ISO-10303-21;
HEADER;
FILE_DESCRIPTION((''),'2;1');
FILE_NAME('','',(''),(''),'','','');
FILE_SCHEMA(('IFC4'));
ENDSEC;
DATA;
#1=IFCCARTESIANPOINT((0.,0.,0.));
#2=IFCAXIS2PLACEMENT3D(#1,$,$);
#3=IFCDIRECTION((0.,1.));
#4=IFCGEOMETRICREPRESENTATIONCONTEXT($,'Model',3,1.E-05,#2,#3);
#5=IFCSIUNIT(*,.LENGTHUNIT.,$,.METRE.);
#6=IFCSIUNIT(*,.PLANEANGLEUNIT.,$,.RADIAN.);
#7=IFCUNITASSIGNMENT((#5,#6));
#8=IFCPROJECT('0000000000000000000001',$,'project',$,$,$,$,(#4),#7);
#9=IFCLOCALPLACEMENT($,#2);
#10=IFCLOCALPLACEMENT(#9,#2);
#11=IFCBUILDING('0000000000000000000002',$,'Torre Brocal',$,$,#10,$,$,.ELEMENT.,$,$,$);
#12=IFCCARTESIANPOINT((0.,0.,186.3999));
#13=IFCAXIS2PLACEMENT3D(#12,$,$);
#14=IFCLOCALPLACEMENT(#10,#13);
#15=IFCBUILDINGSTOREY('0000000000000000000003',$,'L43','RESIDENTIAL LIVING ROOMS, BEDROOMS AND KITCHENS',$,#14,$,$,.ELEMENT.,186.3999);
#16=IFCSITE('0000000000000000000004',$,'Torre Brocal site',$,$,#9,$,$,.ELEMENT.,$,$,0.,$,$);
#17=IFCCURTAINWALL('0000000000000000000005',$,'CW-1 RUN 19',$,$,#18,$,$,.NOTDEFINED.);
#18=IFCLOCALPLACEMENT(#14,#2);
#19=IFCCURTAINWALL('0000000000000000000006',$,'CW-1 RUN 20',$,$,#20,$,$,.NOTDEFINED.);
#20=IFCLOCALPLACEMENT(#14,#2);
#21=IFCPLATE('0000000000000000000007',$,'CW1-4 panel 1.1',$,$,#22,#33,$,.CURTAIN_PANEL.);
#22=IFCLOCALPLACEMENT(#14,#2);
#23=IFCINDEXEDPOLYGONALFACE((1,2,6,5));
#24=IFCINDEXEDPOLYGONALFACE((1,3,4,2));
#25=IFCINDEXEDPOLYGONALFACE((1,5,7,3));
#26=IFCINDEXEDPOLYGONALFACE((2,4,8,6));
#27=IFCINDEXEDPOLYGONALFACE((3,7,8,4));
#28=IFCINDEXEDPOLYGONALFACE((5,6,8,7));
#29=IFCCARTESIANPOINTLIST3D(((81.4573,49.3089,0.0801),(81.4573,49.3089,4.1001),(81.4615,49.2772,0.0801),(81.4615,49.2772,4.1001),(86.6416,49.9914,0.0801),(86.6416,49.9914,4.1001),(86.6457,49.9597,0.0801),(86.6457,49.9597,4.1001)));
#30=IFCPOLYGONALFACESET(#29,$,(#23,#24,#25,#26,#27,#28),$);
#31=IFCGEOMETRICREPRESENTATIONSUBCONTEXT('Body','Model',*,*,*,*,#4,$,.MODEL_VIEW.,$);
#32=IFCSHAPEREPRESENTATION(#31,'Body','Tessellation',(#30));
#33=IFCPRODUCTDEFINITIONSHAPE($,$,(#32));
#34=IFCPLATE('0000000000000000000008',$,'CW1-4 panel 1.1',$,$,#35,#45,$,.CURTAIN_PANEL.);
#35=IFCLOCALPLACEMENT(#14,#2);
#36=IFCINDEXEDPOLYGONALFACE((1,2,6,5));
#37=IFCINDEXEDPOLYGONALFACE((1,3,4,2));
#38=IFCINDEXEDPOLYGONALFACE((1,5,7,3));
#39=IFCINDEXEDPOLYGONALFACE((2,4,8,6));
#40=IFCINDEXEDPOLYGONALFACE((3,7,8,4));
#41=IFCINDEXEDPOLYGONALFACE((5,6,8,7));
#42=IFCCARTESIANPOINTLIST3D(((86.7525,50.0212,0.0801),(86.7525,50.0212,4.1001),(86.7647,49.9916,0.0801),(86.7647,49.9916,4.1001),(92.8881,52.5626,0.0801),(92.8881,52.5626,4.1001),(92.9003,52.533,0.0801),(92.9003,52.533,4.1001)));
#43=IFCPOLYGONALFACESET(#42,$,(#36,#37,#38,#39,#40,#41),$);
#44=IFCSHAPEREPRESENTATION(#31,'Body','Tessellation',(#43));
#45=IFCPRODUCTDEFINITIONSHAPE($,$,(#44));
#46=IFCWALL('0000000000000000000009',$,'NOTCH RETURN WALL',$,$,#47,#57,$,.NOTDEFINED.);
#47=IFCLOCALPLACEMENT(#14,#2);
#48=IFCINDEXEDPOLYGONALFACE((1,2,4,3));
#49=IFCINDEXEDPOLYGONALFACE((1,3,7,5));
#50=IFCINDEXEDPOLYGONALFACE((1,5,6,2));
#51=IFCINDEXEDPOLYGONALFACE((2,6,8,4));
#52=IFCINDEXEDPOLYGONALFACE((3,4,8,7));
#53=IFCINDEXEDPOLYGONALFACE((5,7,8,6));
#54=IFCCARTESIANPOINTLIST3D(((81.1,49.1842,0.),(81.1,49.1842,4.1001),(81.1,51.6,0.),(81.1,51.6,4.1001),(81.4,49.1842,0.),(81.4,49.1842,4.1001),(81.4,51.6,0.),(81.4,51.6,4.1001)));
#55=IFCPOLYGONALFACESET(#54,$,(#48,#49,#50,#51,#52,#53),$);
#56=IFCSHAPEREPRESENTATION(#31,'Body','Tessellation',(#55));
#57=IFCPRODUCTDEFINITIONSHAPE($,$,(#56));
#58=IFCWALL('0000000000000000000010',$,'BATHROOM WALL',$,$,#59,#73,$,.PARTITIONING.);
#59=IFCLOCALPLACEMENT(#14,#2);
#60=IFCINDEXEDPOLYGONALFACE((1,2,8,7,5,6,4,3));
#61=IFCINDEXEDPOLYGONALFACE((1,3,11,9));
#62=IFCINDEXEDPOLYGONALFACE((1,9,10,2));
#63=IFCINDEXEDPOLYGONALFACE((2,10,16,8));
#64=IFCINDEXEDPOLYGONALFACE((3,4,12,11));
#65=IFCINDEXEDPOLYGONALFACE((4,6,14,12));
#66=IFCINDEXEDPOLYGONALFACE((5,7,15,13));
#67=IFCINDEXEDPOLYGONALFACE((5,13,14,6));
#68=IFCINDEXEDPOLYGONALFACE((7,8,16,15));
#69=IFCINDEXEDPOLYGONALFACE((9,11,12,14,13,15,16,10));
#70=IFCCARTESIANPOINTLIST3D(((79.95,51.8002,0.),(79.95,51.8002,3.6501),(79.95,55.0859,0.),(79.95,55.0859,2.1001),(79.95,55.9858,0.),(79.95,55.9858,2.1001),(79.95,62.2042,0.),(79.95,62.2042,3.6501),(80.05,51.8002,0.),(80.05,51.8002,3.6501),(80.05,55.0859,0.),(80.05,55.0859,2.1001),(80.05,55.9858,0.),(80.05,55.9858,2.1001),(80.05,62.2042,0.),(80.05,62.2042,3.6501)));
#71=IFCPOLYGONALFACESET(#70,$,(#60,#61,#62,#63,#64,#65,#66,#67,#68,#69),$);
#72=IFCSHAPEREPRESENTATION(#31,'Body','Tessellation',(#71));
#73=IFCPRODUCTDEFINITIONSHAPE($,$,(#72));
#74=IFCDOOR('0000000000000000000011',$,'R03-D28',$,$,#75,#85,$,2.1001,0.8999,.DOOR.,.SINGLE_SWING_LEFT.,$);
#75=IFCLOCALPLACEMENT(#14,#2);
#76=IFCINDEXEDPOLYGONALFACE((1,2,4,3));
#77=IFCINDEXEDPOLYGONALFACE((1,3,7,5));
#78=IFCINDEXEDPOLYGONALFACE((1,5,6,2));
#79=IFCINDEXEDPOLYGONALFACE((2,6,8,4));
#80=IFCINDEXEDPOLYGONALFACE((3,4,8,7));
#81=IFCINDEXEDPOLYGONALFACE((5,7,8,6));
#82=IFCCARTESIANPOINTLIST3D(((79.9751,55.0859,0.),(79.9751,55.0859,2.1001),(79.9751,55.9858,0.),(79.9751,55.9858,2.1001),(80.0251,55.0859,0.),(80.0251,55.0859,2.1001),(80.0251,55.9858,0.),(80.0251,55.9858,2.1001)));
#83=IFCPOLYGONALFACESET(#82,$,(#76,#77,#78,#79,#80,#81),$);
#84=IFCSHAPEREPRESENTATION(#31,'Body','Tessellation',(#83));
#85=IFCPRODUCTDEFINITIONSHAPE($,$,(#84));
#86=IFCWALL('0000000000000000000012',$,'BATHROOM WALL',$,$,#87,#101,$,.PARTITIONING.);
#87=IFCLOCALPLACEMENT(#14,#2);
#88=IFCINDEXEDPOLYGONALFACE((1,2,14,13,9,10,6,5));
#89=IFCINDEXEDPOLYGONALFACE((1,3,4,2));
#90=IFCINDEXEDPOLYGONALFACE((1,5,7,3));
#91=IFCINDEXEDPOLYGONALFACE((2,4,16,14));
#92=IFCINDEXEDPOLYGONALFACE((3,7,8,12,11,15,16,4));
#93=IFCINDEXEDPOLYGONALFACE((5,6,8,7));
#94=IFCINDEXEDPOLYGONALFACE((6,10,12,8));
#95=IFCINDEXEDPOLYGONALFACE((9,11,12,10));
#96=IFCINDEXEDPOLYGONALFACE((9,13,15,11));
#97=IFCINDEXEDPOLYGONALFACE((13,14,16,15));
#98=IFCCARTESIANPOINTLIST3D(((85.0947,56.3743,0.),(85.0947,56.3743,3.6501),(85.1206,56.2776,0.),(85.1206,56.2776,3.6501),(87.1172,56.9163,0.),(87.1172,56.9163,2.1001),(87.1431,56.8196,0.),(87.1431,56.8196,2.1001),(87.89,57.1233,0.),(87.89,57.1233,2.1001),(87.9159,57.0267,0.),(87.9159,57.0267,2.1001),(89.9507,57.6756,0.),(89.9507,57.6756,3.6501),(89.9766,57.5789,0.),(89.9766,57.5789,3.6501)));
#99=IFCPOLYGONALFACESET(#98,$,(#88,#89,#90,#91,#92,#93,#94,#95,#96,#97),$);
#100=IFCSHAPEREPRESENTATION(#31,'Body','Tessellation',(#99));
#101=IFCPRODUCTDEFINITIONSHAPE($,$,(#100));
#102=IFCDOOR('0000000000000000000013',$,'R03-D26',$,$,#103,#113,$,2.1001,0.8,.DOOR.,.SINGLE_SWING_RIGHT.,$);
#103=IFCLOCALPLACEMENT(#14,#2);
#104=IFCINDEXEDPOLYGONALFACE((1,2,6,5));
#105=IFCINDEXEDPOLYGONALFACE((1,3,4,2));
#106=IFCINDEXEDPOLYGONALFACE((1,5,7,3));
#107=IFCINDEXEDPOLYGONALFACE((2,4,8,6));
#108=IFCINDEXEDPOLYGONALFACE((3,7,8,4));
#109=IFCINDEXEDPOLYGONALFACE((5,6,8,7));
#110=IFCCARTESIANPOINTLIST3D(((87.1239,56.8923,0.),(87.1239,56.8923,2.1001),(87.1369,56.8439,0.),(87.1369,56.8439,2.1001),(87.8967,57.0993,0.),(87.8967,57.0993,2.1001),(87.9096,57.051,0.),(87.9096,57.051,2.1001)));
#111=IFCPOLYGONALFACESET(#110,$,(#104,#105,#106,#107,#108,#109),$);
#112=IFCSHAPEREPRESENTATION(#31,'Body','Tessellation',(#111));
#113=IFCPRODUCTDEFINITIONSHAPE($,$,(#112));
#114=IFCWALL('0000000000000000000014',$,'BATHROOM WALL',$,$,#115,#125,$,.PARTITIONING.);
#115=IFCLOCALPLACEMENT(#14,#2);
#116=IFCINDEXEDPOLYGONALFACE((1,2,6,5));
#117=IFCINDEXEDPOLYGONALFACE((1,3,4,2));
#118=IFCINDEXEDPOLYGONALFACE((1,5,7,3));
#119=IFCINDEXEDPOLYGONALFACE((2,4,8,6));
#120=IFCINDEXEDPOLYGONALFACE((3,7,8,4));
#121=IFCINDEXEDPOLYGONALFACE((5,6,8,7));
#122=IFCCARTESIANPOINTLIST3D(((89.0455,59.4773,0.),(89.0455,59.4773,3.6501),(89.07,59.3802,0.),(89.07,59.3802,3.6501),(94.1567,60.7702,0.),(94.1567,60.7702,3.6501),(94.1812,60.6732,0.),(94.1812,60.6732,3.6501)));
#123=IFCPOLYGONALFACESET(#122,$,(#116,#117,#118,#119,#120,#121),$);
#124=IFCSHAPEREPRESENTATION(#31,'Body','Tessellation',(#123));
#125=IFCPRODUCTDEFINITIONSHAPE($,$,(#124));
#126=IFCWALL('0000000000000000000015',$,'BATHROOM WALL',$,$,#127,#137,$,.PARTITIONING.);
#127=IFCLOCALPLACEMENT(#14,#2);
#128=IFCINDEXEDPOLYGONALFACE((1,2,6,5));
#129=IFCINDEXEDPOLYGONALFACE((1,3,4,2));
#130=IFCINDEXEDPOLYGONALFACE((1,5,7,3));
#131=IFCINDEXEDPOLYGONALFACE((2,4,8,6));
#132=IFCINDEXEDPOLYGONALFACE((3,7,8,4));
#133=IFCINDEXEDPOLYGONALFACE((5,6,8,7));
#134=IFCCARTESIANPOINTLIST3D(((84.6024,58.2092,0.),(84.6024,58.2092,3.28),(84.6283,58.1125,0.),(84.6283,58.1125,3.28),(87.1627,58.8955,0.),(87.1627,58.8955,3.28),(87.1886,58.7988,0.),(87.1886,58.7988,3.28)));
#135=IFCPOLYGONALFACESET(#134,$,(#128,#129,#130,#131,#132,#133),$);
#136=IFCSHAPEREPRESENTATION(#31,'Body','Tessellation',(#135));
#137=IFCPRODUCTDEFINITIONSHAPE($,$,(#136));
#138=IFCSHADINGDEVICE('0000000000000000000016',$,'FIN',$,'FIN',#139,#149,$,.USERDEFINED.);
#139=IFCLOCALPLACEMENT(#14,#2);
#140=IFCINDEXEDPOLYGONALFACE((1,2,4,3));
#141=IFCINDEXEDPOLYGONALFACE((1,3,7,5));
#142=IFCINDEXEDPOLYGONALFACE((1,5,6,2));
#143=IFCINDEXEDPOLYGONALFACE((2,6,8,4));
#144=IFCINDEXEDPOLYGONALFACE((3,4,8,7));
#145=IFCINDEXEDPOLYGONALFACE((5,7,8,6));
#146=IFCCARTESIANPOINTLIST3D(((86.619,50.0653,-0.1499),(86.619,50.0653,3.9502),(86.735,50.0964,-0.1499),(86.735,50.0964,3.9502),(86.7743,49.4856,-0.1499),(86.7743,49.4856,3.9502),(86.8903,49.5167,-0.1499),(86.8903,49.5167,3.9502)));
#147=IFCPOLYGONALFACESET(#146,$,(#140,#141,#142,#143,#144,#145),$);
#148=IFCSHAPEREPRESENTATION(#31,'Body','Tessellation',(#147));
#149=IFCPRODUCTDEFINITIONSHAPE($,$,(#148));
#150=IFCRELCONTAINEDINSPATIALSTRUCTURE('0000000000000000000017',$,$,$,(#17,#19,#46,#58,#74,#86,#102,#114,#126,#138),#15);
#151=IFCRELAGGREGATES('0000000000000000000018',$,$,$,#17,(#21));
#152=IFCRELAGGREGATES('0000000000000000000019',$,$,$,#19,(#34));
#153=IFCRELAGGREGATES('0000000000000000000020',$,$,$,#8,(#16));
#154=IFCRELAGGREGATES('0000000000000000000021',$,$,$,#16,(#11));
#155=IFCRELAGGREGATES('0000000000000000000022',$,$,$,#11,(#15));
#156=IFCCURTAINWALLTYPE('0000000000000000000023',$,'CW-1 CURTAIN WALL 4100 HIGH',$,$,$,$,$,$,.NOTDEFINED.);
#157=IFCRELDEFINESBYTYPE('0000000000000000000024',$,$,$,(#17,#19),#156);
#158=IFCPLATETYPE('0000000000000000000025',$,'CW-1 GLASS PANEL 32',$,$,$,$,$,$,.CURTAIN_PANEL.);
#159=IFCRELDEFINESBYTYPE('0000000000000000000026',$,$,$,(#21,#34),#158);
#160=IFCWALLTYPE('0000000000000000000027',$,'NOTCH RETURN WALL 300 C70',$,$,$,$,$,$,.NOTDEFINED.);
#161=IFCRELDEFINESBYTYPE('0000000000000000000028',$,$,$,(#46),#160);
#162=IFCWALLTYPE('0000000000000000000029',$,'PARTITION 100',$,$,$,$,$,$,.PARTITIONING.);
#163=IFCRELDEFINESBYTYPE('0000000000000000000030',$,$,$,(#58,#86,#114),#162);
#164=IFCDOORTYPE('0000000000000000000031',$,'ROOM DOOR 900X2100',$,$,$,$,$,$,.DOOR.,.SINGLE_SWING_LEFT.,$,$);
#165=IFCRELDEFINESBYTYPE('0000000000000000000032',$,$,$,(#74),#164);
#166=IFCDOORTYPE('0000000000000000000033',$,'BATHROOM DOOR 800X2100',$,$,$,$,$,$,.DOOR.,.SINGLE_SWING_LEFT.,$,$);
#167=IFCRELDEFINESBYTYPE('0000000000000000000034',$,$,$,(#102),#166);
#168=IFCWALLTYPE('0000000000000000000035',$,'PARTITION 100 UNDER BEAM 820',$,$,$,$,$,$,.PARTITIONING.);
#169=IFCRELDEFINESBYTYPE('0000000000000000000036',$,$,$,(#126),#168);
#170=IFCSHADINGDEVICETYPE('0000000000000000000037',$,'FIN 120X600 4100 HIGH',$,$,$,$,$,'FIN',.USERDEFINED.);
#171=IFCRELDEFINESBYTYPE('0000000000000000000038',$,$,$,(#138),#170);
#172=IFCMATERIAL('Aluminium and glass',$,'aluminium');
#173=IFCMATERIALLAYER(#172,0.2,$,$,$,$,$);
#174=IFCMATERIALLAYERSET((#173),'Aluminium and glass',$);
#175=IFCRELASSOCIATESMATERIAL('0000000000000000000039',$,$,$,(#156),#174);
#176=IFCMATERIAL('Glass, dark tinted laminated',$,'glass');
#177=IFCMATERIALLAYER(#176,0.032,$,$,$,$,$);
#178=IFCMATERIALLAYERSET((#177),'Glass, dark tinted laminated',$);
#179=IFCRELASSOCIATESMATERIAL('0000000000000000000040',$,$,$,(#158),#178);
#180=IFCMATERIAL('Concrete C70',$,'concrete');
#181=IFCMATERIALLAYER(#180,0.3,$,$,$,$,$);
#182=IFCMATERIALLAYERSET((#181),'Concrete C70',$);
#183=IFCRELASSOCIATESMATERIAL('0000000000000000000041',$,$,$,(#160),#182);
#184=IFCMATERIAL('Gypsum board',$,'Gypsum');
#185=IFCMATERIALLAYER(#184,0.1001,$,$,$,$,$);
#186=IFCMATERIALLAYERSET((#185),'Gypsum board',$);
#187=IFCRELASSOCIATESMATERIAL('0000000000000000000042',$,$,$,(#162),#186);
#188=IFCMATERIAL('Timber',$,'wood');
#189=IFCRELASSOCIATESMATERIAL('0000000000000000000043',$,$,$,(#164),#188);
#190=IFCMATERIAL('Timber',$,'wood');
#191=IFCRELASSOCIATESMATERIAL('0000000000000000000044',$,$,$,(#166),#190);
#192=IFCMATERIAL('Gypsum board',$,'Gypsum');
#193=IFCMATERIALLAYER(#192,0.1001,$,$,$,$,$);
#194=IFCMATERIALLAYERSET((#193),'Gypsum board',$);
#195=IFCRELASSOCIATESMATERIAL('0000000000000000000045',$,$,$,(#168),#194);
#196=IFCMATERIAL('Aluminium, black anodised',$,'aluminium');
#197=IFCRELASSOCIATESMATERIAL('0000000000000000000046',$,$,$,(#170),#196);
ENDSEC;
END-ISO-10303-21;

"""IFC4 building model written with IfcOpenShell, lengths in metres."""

from ifc_helpers import new_model, si_unit, direction, frame, frame_2d, origin, origin_2d, place, context, subcontext, project, spatial, rectangle, extrude, material, layer, layer_set, material_profile, profile_set, type_object, element, fill, aggregate, save


model = new_model("IFC4")

# Units and contexts
model_context = context("Model", 3, precision=1e-05, world=origin(), true_north=direction((0.0, 1.0)))
body_context = subcontext(model_context, "Body", "Model", "MODEL_VIEW")
ifc_project = project(units=[si_unit("LENGTHUNIT", "METRE"), si_unit("PLANEANGLEUNIT", "RADIAN")], contexts=[model_context])

# Site, building, storey
site_placement = place(None, origin())
site = spatial("IfcSite", under=ifc_project, at=site_placement, Name="Torre Brocal site", CompositionType="ELEMENT", RefElevation=0.0)
building_placement = place(site_placement, origin())
building = spatial("IfcBuilding", under=site, at=building_placement, Name="Torre Brocal", CompositionType="ELEMENT")
storey_placement = place(building_placement, frame((0.0, 0.0, 186.3999)))
storey = spatial("IfcBuildingStorey", under=building, at=storey_placement, Name="L43", Description="RESIDENTIAL LIVING ROOMS, BEDROOMS AND KITCHENS", CompositionType="ELEMENT", Elevation=186.3999)

# Curtain wall
ifc_material_1 = material(Name="Aluminium and glass", Category="aluminium")
ifc_layer_1 = layer(ifc_material_1, 0.2)
ifc_layer_set_1 = layer_set([ifc_layer_1], Name="Aluminium and glass")
curtain_wall_type = type_object("IfcCurtainWallType", Name="CW-1 CURTAIN WALL 4100 HIGH", PredefinedType="NOTDEFINED", material=ifc_layer_set_1)
curtain_wall_1_placement = place(storey_placement, origin())
curtain_wall_1 = element("IfcCurtainWall", 1, at=curtain_wall_1_placement, inside=storey, type_object=curtain_wall_type, Name="CW-1 RUN 19", PredefinedType="NOTDEFINED")

# Curtain wall
curtain_wall_2_placement = place(storey_placement, origin())
curtain_wall_2 = element("IfcCurtainWall", 2, at=curtain_wall_2_placement, inside=storey, type_object=curtain_wall_type, Name="CW-1 RUN 20", PredefinedType="NOTDEFINED")

# Plates
ifc_material_2 = material(Name="Glass, dark tinted laminated", Category="glass")
ifc_layer_2 = layer(ifc_material_2, 0.032)
ifc_layer_set_2 = layer_set([ifc_layer_2], Name="Glass, dark tinted laminated")
plate_type = type_object("IfcPlateType", Name="CW-1 GLASS PANEL 32", PredefinedType="CURTAIN_PANEL", material=ifc_layer_set_2)
plate_1_placement = place(storey_placement, frame((84.0515, 49.6343, 0.0801), z_axis=(0.0, 0.0, 1.0), x_axis=(0.991445, 0.130526, 0.0)))
plate_1 = element("IfcPlate", 3, at=plate_1_placement, type_object=plate_type, Name="CW1-4 panel 1.1", PredefinedType="CURTAIN_PANEL", context=body_context, shape_type="SweptSolid", body=[
    extrude(rectangle(XDim=5.229, YDim=0.032, at=origin_2d()), origin(), (0.0, 0.0, 1.0), 4.02),
])
aggregate(curtain_wall_1, [plate_1])
plate_2_placement = place(storey_placement, frame((89.8264, 51.2771, 0.0801), z_axis=(0.0, 0.0, 1.0), x_axis=(0.92388, 0.382683, 0.0)))
plate_2 = element("IfcPlate", 4, at=plate_2_placement, type_object=plate_type, Name="CW1-4 panel 1.1", PredefinedType="CURTAIN_PANEL", context=body_context, shape_type="SweptSolid", body=[
    extrude(rectangle(XDim=6.6411, YDim=0.032, at=origin_2d()), origin(), (0.0, 0.0, 1.0), 4.02),
])
aggregate(curtain_wall_2, [plate_2])

# Wall
ifc_material_3 = material(Name="Concrete C70", Category="concrete")
ifc_layer_3 = layer(ifc_material_3, 0.3)
ifc_layer_set_3 = layer_set([ifc_layer_3], Name="Concrete C70")
wall_type_1 = type_object("IfcWallType", Name="NOTCH RETURN WALL 300 C70", PredefinedType="NOTDEFINED", material=ifc_layer_set_3)
wall_1_placement = place(storey_placement, frame((81.25, 51.6001, 0.0), z_axis=(0.0, 0.0, 1.0), x_axis=(0.0, -1.0, 0.0)))
element("IfcWall", 5, at=wall_1_placement, inside=storey, type_object=wall_type_1, Name="NOTCH RETURN WALL", PredefinedType="NOTDEFINED", context=body_context, shape_type="SweptSolid", body=[
    extrude(rectangle(XDim=2.4158, YDim=0.3, at=frame_2d((1.208, 0.0))), origin(), (0.0, 0.0, 1.0), 4.1001),
])

# Walls, openings, doors
ifc_material_4 = material(Name="Gypsum board", Category="Gypsum")
ifc_layer_4 = layer(ifc_material_4, 0.1001)
ifc_layer_set_4 = layer_set([ifc_layer_4], Name="Gypsum board")
wall_type_2 = type_object("IfcWallType", Name="PARTITION 100", PredefinedType="PARTITIONING", material=ifc_layer_set_4)
wall_2_placement = place(storey_placement, frame((80.0, 51.8, 0.0), z_axis=(0.0, 0.0, 1.0), x_axis=(0.0, 1.0, 0.0)))
wall_2 = element("IfcWall", 6, at=wall_2_placement, inside=storey, type_object=wall_type_2, Name="BATHROOM WALL", PredefinedType="PARTITIONING", context=body_context, shape_type="SweptSolid", body=[
    extrude(rectangle(XDim=10.4041, YDim=0.1001, at=frame_2d((5.2021, 0.0))), origin(), (0.0, 0.0, 1.0), 3.6501),
])
opening_1_placement = place(wall_2_placement, frame((3.2859, 0.0, 0.0)))
opening_1 = element("IfcOpeningElement", 7, at=opening_1_placement, cuts=wall_2, PredefinedType="OPENING", context=body_context, shape_type="SweptSolid", body=[
    extrude(rectangle(XDim=0.8999, YDim=2.1001, at=frame_2d((0.45, 1.05))), frame((0.0, 0.0601, 0.0), z_axis=(0.0, -1.0, 0.0), x_axis=(1.0, 0.0, 0.0)), (0.0, 0.0, 1.0), 0.1201),
])
ifc_material_5 = material(Name="Timber", Category="wood")
door_type_1 = type_object("IfcDoorType", Name="ROOM DOOR 900X2100", OperationType="SINGLE_SWING_LEFT", PredefinedType="DOOR", material=ifc_material_5)
door_1_placement = place(opening_1_placement, origin())
door_1 = element("IfcDoor", 8, at=door_1_placement, inside=storey, type_object=door_type_1, Name="R03-D28", OperationType="SINGLE_SWING_LEFT", OverallHeight=2.1001, OverallWidth=0.8999, PredefinedType="DOOR", context=body_context, shape_type="SweptSolid", body=[
    extrude(rectangle(XDim=0.8999, YDim=2.1001, at=frame_2d((0.45, 1.05))), frame((0.0, 0.0249, 0.0), z_axis=(0.0, -1.0, 0.0), x_axis=(1.0, 0.0, 0.0)), (0.0, 0.0, 1.0), 0.05),
])
fill(opening_1, door_1)
wall_3_placement = place(storey_placement, frame((85.1077, 56.3259, 0.0), z_axis=(0.0, 0.0, 1.0), x_axis=(0.96592, 0.258841, 0.0)))
wall_3 = element("IfcWall", 9, at=wall_3_placement, inside=storey, type_object=wall_type_2, Name="BATHROOM WALL", PredefinedType="PARTITIONING", context=body_context, shape_type="SweptSolid", body=[
    extrude(rectangle(XDim=5.0273, YDim=0.1001, at=frame_2d((2.5137, 0.0))), origin(), (0.0, 0.0, 1.0), 3.6501),
])
opening_2_placement = place(wall_3_placement, frame((2.094, 0.0, 0.0)))
opening_2 = element("IfcOpeningElement", 10, at=opening_2_placement, cuts=wall_3, PredefinedType="OPENING", context=body_context, shape_type="SweptSolid", body=[
    extrude(rectangle(XDim=0.8, YDim=2.1001, at=frame_2d((0.3999, 1.05))), frame((0.0, 0.0601, 0.0), z_axis=(0.0, -1.0, 0.0), x_axis=(1.0, 0.0, 0.0)), (0.0, 0.0, 1.0), 0.1201),
])
ifc_material_6 = material(Name="Timber", Category="wood")
door_type_2 = type_object("IfcDoorType", Name="BATHROOM DOOR 800X2100", OperationType="SINGLE_SWING_LEFT", PredefinedType="DOOR", material=ifc_material_6)
door_2_placement = place(opening_2_placement, frame((0.8, 0.0, 0.0), z_axis=(0.0, 0.0, 1.0), x_axis=(-1.0, 0.0, 0.0)))
door_2 = element("IfcDoor", 11, at=door_2_placement, inside=storey, type_object=door_type_2, Name="R03-D26", OperationType="SINGLE_SWING_RIGHT", OverallHeight=2.1001, OverallWidth=0.8, PredefinedType="DOOR", context=body_context, shape_type="SweptSolid", body=[
    extrude(rectangle(XDim=0.8, YDim=2.1001, at=frame_2d((0.3999, 1.05))), frame((0.0, 0.0249, 0.0), z_axis=(0.0, -1.0, 0.0), x_axis=(1.0, 0.0, 0.0)), (0.0, 0.0, 1.0), 0.05),
])
fill(opening_2, door_2)

# Walls
wall_4_placement = place(storey_placement, frame((89.0576, 59.4287, 0.0), z_axis=(0.0, 0.0, 1.0), x_axis=(0.969463, 0.245237, 0.0)))
element("IfcWall", 12, at=wall_4_placement, inside=storey, type_object=wall_type_2, Name="BATHROOM WALL", PredefinedType="PARTITIONING", context=body_context, shape_type="SweptSolid", body=[
    extrude(rectangle(XDim=5.2722, YDim=0.1001, at=frame_2d((2.6362, 0.0))), origin(), (0.0, 0.0, 1.0), 3.6501),
])
ifc_material_7 = material(Name="Gypsum board", Category="Gypsum")
ifc_layer_5 = layer(ifc_material_7, 0.1001)
ifc_layer_set_5 = layer_set([ifc_layer_5], Name="Gypsum board")
wall_type_3 = type_object("IfcWallType", Name="PARTITION 100 UNDER BEAM 820", PredefinedType="PARTITIONING", material=ifc_layer_set_5)
wall_5_placement = place(storey_placement, frame((84.6155, 58.1609, 0.0), z_axis=(0.0, 0.0, 1.0), x_axis=(0.965902, 0.258906, 0.0)))
element("IfcWall", 13, at=wall_5_placement, inside=storey, type_object=wall_type_3, Name="BATHROOM WALL", PredefinedType="PARTITIONING", context=body_context, shape_type="SweptSolid", body=[
    extrude(rectangle(XDim=2.6506, YDim=0.1001, at=frame_2d((1.3252, 0.0))), origin(), (0.0, 0.0, 1.0), 3.28),
])

# Shading device
ifc_material_8 = material(Name="Aluminium, black anodised", Category="aluminium")
ifc_material_profile_1 = material_profile(ifc_material_8, rectangle(XDim=0.1201, YDim=0.6001, at=origin_2d()), Name="FIN 120X600 4100 HIGH")
ifc_profile_set_1 = profile_set([ifc_material_profile_1], Name="Aluminium, black anodised")
shading_device_type = type_object("IfcShadingDeviceType", Name="FIN 120X600 4100 HIGH", ElementType="FIN", PredefinedType="USERDEFINED", material=ifc_profile_set_1)
shading_device_placement = place(storey_placement, frame((86.7546, 49.791, -0.1499), z_axis=(0.0, 0.0, 1.0), x_axis=(0.965926, 0.258819, 0.0)))
element("IfcShadingDevice", 14, at=shading_device_placement, inside=storey, type_object=shading_device_type, Name="FIN", ObjectType="FIN", PredefinedType="USERDEFINED", context=body_context, shape_type="SweptSolid", body=[
    extrude(rectangle(XDim=0.1201, YDim=0.6001, at=origin_2d()), origin(), (0.0, 0.0, 1.0), 4.1001),
])

save(model, "model.ifc")
